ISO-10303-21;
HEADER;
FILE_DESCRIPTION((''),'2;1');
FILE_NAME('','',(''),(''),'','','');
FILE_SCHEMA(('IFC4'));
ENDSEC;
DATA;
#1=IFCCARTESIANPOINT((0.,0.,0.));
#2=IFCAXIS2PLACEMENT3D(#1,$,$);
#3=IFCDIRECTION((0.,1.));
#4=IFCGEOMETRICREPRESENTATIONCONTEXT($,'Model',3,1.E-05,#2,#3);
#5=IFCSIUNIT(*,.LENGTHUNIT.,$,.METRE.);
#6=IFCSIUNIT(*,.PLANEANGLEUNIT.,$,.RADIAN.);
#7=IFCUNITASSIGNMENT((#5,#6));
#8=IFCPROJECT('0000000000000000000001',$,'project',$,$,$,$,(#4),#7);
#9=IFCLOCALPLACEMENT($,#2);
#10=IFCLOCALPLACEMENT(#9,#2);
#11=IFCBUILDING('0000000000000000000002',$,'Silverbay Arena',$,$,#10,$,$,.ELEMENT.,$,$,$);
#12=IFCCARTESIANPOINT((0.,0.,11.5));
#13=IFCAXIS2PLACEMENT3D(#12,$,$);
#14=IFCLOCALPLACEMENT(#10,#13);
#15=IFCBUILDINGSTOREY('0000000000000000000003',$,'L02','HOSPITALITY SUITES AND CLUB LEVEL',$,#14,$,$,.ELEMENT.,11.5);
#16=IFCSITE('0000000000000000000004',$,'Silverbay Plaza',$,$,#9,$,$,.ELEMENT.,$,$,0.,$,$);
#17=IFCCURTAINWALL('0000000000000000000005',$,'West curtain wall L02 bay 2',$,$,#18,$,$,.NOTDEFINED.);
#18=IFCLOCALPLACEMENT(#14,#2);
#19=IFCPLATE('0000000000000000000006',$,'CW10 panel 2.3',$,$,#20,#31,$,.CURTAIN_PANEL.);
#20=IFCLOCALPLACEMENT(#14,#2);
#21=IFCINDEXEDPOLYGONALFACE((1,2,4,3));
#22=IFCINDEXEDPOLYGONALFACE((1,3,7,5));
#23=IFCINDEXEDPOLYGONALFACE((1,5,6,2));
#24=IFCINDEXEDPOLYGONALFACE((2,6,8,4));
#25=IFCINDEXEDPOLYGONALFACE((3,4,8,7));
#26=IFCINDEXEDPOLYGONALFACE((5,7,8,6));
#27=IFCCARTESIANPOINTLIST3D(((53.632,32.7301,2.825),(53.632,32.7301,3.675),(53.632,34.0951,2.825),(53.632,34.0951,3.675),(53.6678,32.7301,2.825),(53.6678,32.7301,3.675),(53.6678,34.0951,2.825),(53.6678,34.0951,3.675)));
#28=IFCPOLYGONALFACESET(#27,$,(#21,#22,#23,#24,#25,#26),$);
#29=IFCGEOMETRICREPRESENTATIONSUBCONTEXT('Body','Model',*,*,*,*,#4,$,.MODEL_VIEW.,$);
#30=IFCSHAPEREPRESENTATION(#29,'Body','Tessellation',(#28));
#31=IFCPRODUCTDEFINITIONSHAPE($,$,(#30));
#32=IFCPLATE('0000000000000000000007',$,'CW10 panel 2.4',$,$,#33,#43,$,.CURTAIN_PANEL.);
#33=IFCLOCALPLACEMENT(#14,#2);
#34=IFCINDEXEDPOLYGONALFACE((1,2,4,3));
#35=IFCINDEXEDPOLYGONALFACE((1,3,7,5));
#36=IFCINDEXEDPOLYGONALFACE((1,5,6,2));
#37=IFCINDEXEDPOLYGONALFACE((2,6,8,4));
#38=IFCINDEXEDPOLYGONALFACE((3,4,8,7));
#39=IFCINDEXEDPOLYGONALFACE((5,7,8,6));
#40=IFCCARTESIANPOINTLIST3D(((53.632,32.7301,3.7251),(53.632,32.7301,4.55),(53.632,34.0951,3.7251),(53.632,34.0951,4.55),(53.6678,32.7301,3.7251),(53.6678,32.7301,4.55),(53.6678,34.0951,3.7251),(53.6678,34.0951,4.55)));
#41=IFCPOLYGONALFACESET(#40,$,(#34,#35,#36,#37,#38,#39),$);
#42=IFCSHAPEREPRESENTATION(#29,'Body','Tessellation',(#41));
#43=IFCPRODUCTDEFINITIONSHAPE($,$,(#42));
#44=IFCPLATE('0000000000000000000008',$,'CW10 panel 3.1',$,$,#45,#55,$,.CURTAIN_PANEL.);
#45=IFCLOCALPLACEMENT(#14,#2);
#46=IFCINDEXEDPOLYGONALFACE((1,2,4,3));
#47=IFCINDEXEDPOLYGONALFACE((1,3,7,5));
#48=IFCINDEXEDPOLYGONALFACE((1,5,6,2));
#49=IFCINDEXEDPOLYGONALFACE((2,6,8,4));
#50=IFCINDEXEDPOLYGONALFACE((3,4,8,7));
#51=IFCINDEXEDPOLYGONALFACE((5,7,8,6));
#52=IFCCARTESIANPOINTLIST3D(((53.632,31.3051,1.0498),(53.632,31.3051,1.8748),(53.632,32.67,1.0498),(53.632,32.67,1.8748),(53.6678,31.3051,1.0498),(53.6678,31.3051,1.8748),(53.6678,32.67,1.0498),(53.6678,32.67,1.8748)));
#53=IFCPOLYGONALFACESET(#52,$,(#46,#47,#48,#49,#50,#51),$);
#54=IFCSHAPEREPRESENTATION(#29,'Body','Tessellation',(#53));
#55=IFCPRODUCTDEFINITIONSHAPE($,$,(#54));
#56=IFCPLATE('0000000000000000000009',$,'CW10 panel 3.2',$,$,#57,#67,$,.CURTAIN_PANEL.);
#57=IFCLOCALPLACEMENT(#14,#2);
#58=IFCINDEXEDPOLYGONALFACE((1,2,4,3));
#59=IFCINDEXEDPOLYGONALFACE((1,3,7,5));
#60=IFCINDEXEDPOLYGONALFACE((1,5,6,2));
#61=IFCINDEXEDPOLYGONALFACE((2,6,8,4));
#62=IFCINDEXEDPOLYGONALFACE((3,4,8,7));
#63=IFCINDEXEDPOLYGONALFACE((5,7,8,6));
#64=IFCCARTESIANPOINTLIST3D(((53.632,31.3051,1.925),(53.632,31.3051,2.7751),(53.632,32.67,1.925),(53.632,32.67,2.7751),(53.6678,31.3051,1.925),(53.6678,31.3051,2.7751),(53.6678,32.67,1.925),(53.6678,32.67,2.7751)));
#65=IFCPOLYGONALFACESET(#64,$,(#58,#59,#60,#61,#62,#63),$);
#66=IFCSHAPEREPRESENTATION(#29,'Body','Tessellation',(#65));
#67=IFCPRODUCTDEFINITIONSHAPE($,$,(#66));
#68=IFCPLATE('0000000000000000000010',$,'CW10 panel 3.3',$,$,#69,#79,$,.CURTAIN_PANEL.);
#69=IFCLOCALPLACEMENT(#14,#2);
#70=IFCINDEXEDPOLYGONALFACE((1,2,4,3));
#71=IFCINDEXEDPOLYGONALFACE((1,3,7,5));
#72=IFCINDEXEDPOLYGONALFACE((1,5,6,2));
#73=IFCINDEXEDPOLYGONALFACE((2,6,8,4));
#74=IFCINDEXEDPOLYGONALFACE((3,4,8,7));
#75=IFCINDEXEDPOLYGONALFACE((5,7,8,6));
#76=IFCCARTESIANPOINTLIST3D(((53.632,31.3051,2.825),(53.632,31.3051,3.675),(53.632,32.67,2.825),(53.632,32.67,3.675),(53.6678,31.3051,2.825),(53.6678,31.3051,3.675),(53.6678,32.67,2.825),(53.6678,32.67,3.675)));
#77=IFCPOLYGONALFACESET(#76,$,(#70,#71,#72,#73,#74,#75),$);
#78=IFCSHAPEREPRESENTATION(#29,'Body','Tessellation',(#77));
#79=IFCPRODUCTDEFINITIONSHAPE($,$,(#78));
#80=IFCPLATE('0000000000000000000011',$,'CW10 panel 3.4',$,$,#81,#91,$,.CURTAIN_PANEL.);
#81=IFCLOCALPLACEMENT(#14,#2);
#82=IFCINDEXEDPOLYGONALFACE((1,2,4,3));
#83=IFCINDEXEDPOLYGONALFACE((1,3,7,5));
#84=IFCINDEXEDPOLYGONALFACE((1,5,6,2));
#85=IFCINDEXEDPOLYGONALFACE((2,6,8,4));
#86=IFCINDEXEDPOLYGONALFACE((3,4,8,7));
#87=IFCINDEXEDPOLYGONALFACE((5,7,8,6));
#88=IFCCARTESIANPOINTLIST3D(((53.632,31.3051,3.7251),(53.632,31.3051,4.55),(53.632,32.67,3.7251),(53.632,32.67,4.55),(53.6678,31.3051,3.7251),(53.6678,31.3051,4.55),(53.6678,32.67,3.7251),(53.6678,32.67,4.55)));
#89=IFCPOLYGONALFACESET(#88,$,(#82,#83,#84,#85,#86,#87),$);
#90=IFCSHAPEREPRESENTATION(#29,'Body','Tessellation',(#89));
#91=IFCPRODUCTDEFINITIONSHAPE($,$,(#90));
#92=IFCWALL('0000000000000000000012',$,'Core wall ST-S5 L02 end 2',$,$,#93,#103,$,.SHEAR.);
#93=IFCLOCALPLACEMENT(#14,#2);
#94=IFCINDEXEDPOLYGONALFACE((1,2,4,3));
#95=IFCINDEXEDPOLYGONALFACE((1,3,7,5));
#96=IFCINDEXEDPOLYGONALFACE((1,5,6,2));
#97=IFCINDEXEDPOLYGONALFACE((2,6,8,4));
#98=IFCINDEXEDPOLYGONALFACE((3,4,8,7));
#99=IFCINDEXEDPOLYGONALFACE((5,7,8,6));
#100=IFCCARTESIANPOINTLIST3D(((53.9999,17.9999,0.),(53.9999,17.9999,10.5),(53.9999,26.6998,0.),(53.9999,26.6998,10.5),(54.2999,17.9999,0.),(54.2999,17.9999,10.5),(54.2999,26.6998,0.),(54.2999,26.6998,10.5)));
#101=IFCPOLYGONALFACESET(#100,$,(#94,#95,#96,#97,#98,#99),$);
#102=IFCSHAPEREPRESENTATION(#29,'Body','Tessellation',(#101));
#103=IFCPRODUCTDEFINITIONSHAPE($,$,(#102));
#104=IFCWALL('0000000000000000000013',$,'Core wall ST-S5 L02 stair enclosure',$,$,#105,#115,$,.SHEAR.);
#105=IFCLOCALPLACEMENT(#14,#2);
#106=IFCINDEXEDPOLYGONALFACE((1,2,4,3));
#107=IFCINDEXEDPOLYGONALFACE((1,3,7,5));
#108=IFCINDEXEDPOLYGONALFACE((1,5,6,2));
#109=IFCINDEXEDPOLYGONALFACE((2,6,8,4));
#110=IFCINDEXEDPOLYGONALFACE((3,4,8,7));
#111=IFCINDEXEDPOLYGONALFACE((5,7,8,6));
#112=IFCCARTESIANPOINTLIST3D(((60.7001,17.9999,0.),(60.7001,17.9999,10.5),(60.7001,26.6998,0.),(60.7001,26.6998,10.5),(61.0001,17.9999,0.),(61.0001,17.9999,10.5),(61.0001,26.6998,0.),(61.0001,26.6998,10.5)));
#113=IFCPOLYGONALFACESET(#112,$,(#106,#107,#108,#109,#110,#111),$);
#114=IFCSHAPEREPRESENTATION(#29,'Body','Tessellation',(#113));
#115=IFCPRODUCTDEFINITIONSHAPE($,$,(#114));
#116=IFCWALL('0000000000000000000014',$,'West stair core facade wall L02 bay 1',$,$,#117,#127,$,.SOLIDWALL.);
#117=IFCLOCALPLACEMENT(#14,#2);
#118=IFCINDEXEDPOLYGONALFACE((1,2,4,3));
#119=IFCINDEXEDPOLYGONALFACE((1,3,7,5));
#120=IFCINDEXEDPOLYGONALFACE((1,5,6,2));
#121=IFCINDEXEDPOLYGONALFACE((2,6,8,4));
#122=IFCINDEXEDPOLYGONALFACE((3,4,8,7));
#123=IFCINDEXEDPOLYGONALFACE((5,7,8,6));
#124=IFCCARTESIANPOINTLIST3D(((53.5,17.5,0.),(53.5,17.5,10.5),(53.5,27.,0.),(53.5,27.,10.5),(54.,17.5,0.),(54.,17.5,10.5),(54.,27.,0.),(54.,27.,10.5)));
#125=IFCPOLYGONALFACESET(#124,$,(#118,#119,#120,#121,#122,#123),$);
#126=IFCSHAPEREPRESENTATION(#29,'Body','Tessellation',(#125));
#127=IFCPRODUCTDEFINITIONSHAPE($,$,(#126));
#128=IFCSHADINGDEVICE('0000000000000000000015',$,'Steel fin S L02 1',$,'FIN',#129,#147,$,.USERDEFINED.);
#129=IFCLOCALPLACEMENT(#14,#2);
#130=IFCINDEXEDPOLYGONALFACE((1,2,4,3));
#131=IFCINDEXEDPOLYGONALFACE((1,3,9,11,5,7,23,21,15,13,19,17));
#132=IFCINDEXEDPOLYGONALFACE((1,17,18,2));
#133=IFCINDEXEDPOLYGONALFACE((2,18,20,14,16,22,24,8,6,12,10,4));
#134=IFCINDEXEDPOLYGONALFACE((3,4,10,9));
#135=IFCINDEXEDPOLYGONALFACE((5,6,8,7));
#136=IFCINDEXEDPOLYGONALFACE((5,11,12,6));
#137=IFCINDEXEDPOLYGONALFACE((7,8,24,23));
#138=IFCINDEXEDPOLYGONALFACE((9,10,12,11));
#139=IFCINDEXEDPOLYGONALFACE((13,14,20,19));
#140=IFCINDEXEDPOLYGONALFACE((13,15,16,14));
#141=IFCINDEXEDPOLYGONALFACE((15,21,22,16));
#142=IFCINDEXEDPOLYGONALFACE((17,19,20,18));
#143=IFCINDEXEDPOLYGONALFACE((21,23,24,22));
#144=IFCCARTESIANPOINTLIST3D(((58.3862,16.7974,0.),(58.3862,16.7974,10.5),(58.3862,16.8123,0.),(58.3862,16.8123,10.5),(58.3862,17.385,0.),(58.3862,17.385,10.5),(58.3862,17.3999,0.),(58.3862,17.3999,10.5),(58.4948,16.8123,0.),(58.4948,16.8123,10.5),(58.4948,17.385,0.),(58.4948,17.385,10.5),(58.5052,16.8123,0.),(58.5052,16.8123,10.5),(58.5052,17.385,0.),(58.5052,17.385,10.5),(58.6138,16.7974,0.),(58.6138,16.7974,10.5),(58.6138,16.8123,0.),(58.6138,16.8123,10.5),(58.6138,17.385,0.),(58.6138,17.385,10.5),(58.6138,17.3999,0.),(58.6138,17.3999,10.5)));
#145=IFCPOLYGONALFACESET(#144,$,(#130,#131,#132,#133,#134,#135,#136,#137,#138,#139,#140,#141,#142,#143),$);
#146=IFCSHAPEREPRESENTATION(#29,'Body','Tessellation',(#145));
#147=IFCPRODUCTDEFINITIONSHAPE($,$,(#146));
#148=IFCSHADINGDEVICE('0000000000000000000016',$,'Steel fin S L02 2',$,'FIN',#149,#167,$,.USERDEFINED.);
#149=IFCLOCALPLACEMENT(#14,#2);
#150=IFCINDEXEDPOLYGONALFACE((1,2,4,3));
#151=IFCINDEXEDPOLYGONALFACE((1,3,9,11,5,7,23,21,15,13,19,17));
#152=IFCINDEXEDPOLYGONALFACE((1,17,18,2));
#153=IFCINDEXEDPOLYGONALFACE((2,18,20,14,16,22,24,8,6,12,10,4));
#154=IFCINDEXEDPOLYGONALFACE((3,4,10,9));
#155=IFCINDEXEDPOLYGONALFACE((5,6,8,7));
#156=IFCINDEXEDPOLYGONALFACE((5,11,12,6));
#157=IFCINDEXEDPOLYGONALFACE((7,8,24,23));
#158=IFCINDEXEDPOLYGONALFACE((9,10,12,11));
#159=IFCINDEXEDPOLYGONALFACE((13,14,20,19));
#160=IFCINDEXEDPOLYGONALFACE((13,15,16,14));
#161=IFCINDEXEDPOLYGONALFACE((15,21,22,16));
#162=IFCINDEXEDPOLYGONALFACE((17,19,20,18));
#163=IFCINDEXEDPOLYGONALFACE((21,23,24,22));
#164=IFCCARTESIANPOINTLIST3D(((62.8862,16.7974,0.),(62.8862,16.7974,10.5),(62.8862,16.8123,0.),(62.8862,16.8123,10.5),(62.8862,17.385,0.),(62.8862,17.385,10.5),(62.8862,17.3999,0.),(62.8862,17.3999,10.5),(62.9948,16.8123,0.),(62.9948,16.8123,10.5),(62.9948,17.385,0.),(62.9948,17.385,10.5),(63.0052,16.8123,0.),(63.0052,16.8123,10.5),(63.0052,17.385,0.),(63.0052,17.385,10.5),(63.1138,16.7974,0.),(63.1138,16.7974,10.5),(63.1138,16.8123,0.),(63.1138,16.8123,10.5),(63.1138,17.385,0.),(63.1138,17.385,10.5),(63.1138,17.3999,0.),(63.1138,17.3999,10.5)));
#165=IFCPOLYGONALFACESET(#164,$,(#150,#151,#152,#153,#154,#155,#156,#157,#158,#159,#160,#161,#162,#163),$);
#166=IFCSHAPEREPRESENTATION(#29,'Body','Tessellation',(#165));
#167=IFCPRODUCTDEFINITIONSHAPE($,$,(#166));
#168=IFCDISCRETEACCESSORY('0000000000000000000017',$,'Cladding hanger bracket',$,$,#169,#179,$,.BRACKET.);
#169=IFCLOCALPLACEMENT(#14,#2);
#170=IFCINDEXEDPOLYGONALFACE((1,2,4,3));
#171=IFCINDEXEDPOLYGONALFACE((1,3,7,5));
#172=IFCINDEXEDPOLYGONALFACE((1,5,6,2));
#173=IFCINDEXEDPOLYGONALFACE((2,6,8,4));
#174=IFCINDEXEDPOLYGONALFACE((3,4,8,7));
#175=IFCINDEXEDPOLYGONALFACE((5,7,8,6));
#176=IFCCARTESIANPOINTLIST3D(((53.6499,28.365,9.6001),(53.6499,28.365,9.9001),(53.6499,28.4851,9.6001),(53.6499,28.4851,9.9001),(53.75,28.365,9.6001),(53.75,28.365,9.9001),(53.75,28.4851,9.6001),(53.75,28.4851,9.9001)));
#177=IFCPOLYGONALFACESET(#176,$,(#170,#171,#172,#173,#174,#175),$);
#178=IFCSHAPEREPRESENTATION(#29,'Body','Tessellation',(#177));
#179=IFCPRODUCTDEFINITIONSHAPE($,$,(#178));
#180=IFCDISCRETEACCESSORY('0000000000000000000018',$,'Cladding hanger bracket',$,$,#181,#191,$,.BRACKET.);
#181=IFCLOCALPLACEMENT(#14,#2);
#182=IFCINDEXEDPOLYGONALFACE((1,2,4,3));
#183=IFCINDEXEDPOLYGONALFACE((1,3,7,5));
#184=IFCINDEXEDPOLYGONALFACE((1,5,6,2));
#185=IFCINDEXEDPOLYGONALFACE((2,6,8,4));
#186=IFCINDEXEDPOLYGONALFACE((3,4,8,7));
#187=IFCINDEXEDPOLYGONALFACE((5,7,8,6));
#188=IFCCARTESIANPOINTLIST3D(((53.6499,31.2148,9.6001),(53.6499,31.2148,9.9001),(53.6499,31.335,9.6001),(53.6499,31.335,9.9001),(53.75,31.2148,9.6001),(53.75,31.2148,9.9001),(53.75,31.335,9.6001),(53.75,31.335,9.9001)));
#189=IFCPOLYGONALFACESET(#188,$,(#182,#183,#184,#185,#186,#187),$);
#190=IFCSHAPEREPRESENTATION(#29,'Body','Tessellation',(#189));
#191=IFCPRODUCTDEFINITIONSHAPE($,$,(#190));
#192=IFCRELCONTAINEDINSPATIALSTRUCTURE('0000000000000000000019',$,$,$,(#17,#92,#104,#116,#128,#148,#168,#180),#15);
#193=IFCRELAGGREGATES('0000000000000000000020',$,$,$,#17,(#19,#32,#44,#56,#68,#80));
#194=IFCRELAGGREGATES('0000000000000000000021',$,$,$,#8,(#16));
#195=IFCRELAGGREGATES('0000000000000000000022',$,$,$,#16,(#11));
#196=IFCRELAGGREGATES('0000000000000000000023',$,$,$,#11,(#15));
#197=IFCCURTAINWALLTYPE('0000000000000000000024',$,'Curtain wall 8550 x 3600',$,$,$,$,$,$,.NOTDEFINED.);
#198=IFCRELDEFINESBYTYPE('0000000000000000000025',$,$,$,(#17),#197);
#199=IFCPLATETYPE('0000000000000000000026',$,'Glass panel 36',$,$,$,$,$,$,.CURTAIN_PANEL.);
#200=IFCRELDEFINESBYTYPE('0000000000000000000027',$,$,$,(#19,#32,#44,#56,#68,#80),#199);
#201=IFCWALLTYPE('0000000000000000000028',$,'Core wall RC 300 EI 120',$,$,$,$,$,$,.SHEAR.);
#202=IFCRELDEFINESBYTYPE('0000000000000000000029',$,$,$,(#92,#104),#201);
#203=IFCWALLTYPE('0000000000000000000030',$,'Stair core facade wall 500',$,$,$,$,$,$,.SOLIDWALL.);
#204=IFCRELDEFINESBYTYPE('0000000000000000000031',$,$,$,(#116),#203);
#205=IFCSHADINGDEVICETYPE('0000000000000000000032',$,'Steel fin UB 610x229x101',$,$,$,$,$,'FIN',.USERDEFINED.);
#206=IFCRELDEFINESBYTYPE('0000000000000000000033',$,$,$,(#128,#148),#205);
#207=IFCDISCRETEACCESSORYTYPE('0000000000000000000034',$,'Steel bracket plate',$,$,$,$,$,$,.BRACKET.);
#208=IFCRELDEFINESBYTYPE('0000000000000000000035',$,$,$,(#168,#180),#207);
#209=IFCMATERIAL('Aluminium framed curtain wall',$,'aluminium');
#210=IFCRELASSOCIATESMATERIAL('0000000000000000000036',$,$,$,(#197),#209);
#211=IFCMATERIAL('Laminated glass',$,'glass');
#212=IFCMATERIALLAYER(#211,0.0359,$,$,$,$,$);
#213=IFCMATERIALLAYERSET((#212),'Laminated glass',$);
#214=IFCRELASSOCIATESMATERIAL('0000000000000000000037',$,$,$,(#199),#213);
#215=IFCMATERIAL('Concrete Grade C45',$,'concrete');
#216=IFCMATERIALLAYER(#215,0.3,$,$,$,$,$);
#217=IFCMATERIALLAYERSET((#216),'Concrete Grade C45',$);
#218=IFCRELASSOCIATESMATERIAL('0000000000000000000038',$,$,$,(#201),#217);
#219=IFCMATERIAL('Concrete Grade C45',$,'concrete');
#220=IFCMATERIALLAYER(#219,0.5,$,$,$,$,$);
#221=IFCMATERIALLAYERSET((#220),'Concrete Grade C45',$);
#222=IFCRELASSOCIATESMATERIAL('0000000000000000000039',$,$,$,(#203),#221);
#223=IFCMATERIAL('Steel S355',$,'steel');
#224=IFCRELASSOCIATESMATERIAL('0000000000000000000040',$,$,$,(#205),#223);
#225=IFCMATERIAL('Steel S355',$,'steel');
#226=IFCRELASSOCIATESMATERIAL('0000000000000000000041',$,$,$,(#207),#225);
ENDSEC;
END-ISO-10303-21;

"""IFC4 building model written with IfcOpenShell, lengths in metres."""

from ifc_helpers import new_model, si_unit, direction, frame, frame_2d, origin, origin_2d, place, context, subcontext, project, spatial, rectangle, i_section, extrude, material, layer, layer_set, material_profile, profile_set, type_object, element, aggregate, save


model = new_model("IFC4")

# Units and contexts
model_context = context("Model", 3, precision=1e-05, world=origin(), true_north=direction((0.0, 1.0)))
body_context = subcontext(model_context, "Body", "Model", "MODEL_VIEW")
ifc_project = project(units=[si_unit("LENGTHUNIT", "METRE"), si_unit("PLANEANGLEUNIT", "RADIAN")], contexts=[model_context])

# Site, building, storey
site_placement = place(None, origin())
site = spatial("IfcSite", under=ifc_project, at=site_placement, Name="Silverbay Plaza", CompositionType="ELEMENT", RefElevation=0.0)
building_placement = place(site_placement, origin())
building = spatial("IfcBuilding", under=site, at=building_placement, Name="Silverbay Arena", CompositionType="ELEMENT")
storey_placement = place(building_placement, frame((0.0, 0.0, 11.5)))
storey = spatial("IfcBuildingStorey", under=building, at=storey_placement, Name="L02", Description="HOSPITALITY SUITES AND CLUB LEVEL", CompositionType="ELEMENT", Elevation=11.5)

# Curtain wall
ifc_material_1 = material(Name="Aluminium framed curtain wall", Category="aluminium")
curtain_wall_type = type_object("IfcCurtainWallType", Name="Curtain wall 8550 x 3600", PredefinedType="NOTDEFINED", material=ifc_material_1)
curtain_wall_placement = place(storey_placement, origin())
curtain_wall = element("IfcCurtainWall", 1, at=curtain_wall_placement, inside=storey, type_object=curtain_wall_type, Name="West curtain wall L02 bay 2", PredefinedType="NOTDEFINED")

# Plates
ifc_material_2 = material(Name="Laminated glass", Category="glass")
ifc_layer_1 = layer(ifc_material_2, 0.0359)
ifc_layer_set_1 = layer_set([ifc_layer_1], Name="Laminated glass")
plate_type = type_object("IfcPlateType", Name="Glass panel 36", PredefinedType="CURTAIN_PANEL", material=ifc_layer_set_1)
plate_1_placement = place(storey_placement, frame((53.6499, 33.4126, 2.825), z_axis=(0.0, 0.0, 1.0), x_axis=(0.0, -1.0, 0.0)))
plate_1 = element("IfcPlate", 2, at=plate_1_placement, type_object=plate_type, Name="CW10 panel 2.3", PredefinedType="CURTAIN_PANEL", context=body_context, shape_type="SweptSolid", body=[
    extrude(rectangle(XDim=1.365, YDim=0.0359, at=origin_2d()), origin(), (0.0, 0.0, 1.0), 0.8501),
])
plate_2_placement = place(storey_placement, frame((53.6499, 33.4126, 3.7251), z_axis=(0.0, 0.0, 1.0), x_axis=(0.0, -1.0, 0.0)))
plate_2 = element("IfcPlate", 3, at=plate_2_placement, type_object=plate_type, Name="CW10 panel 2.4", PredefinedType="CURTAIN_PANEL", context=body_context, shape_type="SweptSolid", body=[
    extrude(rectangle(XDim=1.365, YDim=0.0359, at=origin_2d()), origin(), (0.0, 0.0, 1.0), 0.825),
])
plate_3_placement = place(storey_placement, frame((53.6499, 31.9875, 1.0498), z_axis=(0.0, 0.0, 1.0), x_axis=(0.0, -1.0, 0.0)))
plate_3 = element("IfcPlate", 4, at=plate_3_placement, type_object=plate_type, Name="CW10 panel 3.1", PredefinedType="CURTAIN_PANEL", context=body_context, shape_type="SweptSolid", body=[
    extrude(rectangle(XDim=1.365, YDim=0.0359, at=origin_2d()), origin(), (0.0, 0.0, 1.0), 0.825),
])
plate_4_placement = place(storey_placement, frame((53.6499, 31.9875, 1.925), z_axis=(0.0, 0.0, 1.0), x_axis=(0.0, -1.0, 0.0)))
plate_4 = element("IfcPlate", 5, at=plate_4_placement, type_object=plate_type, Name="CW10 panel 3.2", PredefinedType="CURTAIN_PANEL", context=body_context, shape_type="SweptSolid", body=[
    extrude(rectangle(XDim=1.365, YDim=0.0359, at=origin_2d()), origin(), (0.0, 0.0, 1.0), 0.8501),
])
plate_5_placement = place(storey_placement, frame((53.6499, 31.9875, 2.825), z_axis=(0.0, 0.0, 1.0), x_axis=(0.0, -1.0, 0.0)))
plate_5 = element("IfcPlate", 6, at=plate_5_placement, type_object=plate_type, Name="CW10 panel 3.3", PredefinedType="CURTAIN_PANEL", context=body_context, shape_type="SweptSolid", body=[
    extrude(rectangle(XDim=1.365, YDim=0.0359, at=origin_2d()), origin(), (0.0, 0.0, 1.0), 0.8501),
])
plate_6_placement = place(storey_placement, frame((53.6499, 31.9875, 3.7251), z_axis=(0.0, 0.0, 1.0), x_axis=(0.0, -1.0, 0.0)))
plate_6 = element("IfcPlate", 7, at=plate_6_placement, type_object=plate_type, Name="CW10 panel 3.4", PredefinedType="CURTAIN_PANEL", context=body_context, shape_type="SweptSolid", body=[
    extrude(rectangle(XDim=1.365, YDim=0.0359, at=origin_2d()), origin(), (0.0, 0.0, 1.0), 0.825),
])
aggregate(curtain_wall, [plate_1, plate_2, plate_3, plate_4, plate_5, plate_6])

# Walls
ifc_material_3 = material(Name="Concrete Grade C45", Category="concrete")
ifc_layer_2 = layer(ifc_material_3, 0.3)
ifc_layer_set_2 = layer_set([ifc_layer_2], Name="Concrete Grade C45")
wall_type_1 = type_object("IfcWallType", Name="Core wall RC 300 EI 120", PredefinedType="SHEAR", material=ifc_layer_set_2)
for number, where, z_axis, x_axis, name in (
    (8, (54.1499, 26.7, 0.0), (0.0, 0.0, 1.0), (0.0, -1.0, 0.0), "Core wall ST-S5 L02 end 2"),
    (9, (60.8501, 26.7, 0.0), (0.0, 0.0, 1.0), (0.0, -1.0, 0.0), "Core wall ST-S5 L02 stair enclosure"),
):
    element("IfcWall", number, at=place(storey_placement, frame(where, z_axis=z_axis, x_axis=x_axis)), inside=storey, type_object=wall_type_1, Name=name, PredefinedType="SHEAR", context=body_context, shape_type="SweptSolid", body=[
        extrude(rectangle(XDim=8.7, YDim=0.3, at=frame_2d((4.3501, 0.0))), origin(), (0.0, 0.0, 1.0), 10.5),
    ])
ifc_material_4 = material(Name="Concrete Grade C45", Category="concrete")
ifc_layer_3 = layer(ifc_material_4, 0.5)
ifc_layer_set_3 = layer_set([ifc_layer_3], Name="Concrete Grade C45")
wall_type_2 = type_object("IfcWallType", Name="Stair core facade wall 500", PredefinedType="SOLIDWALL", material=ifc_layer_set_3)
wall_placement = place(storey_placement, frame((53.75, 27.0, 0.0), z_axis=(0.0, 0.0, 1.0), x_axis=(0.0, -1.0, 0.0)))
element("IfcWall", 10, at=wall_placement, inside=storey, type_object=wall_type_2, Name="West stair core facade wall L02 bay 1", PredefinedType="SOLIDWALL", context=body_context, shape_type="SweptSolid", body=[
    extrude(rectangle(XDim=9.5, YDim=0.5, at=frame_2d((4.75, 0.0))), origin(), (0.0, 0.0, 1.0), 10.5),
])

# Shading devices
ifc_material_5 = material(Name="Steel S355", Category="steel")
ifc_material_profile_1 = material_profile(ifc_material_5, i_section(OverallWidth=0.2275, OverallDepth=0.6025, WebThickness=0.0105, FlangeThickness=0.0149, at=origin_2d()), Name="UB 610x229x101")
ifc_profile_set_1 = profile_set([ifc_material_profile_1], Name="Steel S355")
shading_device_type = type_object("IfcShadingDeviceType", Name="Steel fin UB 610x229x101", ElementType="FIN", PredefinedType="USERDEFINED", material=ifc_profile_set_1)
for number, where, z_axis, x_axis, name in (
    (11, (58.5, 17.0986, 0.0), (0.0, 0.0, 1.0), (1.0, 0.0, 0.0), "Steel fin S L02 1"),
    (12, (63.0, 17.0986, 0.0), (0.0, 0.0, 1.0), (1.0, 0.0, 0.0), "Steel fin S L02 2"),
):
    element("IfcShadingDevice", number, at=place(storey_placement, frame(where, z_axis=z_axis, x_axis=x_axis)), inside=storey, type_object=shading_device_type, Name=name, ObjectType="FIN", PredefinedType="USERDEFINED", context=body_context, shape_type="SweptSolid", body=[
        extrude(i_section(OverallWidth=0.2275, OverallDepth=0.6025, WebThickness=0.0105, FlangeThickness=0.0149, at=origin_2d()), origin(), (0.0, 0.0, 1.0), 10.5),
    ])

# Discrete accessories
ifc_material_6 = material(Name="Steel S355", Category="steel")
discrete_accessory_type = type_object("IfcDiscreteAccessoryType", Name="Steel bracket plate", PredefinedType="BRACKET", material=ifc_material_6)
for number, where, z_axis, x_axis, name in (
    (13, (53.7, 28.425, 9.6001), (0.0, 0.0, 1.0), (1.0, 0.0, 0.0), "Cladding hanger bracket"),
    (14, (53.7, 31.2749, 9.6001), (0.0, 0.0, 1.0), (1.0, 0.0, 0.0), "Cladding hanger bracket"),
):
    element("IfcDiscreteAccessory", number, at=place(storey_placement, frame(where, z_axis=z_axis, x_axis=x_axis)), inside=storey, type_object=discrete_accessory_type, Name=name, PredefinedType="BRACKET", context=body_context, shape_type="SweptSolid", body=[
        extrude(rectangle(XDim=0.1001, YDim=0.1201, at=origin_2d()), origin(), (0.0, 0.0, 1.0), 0.3),
    ])

save(model, "model.ifc")
